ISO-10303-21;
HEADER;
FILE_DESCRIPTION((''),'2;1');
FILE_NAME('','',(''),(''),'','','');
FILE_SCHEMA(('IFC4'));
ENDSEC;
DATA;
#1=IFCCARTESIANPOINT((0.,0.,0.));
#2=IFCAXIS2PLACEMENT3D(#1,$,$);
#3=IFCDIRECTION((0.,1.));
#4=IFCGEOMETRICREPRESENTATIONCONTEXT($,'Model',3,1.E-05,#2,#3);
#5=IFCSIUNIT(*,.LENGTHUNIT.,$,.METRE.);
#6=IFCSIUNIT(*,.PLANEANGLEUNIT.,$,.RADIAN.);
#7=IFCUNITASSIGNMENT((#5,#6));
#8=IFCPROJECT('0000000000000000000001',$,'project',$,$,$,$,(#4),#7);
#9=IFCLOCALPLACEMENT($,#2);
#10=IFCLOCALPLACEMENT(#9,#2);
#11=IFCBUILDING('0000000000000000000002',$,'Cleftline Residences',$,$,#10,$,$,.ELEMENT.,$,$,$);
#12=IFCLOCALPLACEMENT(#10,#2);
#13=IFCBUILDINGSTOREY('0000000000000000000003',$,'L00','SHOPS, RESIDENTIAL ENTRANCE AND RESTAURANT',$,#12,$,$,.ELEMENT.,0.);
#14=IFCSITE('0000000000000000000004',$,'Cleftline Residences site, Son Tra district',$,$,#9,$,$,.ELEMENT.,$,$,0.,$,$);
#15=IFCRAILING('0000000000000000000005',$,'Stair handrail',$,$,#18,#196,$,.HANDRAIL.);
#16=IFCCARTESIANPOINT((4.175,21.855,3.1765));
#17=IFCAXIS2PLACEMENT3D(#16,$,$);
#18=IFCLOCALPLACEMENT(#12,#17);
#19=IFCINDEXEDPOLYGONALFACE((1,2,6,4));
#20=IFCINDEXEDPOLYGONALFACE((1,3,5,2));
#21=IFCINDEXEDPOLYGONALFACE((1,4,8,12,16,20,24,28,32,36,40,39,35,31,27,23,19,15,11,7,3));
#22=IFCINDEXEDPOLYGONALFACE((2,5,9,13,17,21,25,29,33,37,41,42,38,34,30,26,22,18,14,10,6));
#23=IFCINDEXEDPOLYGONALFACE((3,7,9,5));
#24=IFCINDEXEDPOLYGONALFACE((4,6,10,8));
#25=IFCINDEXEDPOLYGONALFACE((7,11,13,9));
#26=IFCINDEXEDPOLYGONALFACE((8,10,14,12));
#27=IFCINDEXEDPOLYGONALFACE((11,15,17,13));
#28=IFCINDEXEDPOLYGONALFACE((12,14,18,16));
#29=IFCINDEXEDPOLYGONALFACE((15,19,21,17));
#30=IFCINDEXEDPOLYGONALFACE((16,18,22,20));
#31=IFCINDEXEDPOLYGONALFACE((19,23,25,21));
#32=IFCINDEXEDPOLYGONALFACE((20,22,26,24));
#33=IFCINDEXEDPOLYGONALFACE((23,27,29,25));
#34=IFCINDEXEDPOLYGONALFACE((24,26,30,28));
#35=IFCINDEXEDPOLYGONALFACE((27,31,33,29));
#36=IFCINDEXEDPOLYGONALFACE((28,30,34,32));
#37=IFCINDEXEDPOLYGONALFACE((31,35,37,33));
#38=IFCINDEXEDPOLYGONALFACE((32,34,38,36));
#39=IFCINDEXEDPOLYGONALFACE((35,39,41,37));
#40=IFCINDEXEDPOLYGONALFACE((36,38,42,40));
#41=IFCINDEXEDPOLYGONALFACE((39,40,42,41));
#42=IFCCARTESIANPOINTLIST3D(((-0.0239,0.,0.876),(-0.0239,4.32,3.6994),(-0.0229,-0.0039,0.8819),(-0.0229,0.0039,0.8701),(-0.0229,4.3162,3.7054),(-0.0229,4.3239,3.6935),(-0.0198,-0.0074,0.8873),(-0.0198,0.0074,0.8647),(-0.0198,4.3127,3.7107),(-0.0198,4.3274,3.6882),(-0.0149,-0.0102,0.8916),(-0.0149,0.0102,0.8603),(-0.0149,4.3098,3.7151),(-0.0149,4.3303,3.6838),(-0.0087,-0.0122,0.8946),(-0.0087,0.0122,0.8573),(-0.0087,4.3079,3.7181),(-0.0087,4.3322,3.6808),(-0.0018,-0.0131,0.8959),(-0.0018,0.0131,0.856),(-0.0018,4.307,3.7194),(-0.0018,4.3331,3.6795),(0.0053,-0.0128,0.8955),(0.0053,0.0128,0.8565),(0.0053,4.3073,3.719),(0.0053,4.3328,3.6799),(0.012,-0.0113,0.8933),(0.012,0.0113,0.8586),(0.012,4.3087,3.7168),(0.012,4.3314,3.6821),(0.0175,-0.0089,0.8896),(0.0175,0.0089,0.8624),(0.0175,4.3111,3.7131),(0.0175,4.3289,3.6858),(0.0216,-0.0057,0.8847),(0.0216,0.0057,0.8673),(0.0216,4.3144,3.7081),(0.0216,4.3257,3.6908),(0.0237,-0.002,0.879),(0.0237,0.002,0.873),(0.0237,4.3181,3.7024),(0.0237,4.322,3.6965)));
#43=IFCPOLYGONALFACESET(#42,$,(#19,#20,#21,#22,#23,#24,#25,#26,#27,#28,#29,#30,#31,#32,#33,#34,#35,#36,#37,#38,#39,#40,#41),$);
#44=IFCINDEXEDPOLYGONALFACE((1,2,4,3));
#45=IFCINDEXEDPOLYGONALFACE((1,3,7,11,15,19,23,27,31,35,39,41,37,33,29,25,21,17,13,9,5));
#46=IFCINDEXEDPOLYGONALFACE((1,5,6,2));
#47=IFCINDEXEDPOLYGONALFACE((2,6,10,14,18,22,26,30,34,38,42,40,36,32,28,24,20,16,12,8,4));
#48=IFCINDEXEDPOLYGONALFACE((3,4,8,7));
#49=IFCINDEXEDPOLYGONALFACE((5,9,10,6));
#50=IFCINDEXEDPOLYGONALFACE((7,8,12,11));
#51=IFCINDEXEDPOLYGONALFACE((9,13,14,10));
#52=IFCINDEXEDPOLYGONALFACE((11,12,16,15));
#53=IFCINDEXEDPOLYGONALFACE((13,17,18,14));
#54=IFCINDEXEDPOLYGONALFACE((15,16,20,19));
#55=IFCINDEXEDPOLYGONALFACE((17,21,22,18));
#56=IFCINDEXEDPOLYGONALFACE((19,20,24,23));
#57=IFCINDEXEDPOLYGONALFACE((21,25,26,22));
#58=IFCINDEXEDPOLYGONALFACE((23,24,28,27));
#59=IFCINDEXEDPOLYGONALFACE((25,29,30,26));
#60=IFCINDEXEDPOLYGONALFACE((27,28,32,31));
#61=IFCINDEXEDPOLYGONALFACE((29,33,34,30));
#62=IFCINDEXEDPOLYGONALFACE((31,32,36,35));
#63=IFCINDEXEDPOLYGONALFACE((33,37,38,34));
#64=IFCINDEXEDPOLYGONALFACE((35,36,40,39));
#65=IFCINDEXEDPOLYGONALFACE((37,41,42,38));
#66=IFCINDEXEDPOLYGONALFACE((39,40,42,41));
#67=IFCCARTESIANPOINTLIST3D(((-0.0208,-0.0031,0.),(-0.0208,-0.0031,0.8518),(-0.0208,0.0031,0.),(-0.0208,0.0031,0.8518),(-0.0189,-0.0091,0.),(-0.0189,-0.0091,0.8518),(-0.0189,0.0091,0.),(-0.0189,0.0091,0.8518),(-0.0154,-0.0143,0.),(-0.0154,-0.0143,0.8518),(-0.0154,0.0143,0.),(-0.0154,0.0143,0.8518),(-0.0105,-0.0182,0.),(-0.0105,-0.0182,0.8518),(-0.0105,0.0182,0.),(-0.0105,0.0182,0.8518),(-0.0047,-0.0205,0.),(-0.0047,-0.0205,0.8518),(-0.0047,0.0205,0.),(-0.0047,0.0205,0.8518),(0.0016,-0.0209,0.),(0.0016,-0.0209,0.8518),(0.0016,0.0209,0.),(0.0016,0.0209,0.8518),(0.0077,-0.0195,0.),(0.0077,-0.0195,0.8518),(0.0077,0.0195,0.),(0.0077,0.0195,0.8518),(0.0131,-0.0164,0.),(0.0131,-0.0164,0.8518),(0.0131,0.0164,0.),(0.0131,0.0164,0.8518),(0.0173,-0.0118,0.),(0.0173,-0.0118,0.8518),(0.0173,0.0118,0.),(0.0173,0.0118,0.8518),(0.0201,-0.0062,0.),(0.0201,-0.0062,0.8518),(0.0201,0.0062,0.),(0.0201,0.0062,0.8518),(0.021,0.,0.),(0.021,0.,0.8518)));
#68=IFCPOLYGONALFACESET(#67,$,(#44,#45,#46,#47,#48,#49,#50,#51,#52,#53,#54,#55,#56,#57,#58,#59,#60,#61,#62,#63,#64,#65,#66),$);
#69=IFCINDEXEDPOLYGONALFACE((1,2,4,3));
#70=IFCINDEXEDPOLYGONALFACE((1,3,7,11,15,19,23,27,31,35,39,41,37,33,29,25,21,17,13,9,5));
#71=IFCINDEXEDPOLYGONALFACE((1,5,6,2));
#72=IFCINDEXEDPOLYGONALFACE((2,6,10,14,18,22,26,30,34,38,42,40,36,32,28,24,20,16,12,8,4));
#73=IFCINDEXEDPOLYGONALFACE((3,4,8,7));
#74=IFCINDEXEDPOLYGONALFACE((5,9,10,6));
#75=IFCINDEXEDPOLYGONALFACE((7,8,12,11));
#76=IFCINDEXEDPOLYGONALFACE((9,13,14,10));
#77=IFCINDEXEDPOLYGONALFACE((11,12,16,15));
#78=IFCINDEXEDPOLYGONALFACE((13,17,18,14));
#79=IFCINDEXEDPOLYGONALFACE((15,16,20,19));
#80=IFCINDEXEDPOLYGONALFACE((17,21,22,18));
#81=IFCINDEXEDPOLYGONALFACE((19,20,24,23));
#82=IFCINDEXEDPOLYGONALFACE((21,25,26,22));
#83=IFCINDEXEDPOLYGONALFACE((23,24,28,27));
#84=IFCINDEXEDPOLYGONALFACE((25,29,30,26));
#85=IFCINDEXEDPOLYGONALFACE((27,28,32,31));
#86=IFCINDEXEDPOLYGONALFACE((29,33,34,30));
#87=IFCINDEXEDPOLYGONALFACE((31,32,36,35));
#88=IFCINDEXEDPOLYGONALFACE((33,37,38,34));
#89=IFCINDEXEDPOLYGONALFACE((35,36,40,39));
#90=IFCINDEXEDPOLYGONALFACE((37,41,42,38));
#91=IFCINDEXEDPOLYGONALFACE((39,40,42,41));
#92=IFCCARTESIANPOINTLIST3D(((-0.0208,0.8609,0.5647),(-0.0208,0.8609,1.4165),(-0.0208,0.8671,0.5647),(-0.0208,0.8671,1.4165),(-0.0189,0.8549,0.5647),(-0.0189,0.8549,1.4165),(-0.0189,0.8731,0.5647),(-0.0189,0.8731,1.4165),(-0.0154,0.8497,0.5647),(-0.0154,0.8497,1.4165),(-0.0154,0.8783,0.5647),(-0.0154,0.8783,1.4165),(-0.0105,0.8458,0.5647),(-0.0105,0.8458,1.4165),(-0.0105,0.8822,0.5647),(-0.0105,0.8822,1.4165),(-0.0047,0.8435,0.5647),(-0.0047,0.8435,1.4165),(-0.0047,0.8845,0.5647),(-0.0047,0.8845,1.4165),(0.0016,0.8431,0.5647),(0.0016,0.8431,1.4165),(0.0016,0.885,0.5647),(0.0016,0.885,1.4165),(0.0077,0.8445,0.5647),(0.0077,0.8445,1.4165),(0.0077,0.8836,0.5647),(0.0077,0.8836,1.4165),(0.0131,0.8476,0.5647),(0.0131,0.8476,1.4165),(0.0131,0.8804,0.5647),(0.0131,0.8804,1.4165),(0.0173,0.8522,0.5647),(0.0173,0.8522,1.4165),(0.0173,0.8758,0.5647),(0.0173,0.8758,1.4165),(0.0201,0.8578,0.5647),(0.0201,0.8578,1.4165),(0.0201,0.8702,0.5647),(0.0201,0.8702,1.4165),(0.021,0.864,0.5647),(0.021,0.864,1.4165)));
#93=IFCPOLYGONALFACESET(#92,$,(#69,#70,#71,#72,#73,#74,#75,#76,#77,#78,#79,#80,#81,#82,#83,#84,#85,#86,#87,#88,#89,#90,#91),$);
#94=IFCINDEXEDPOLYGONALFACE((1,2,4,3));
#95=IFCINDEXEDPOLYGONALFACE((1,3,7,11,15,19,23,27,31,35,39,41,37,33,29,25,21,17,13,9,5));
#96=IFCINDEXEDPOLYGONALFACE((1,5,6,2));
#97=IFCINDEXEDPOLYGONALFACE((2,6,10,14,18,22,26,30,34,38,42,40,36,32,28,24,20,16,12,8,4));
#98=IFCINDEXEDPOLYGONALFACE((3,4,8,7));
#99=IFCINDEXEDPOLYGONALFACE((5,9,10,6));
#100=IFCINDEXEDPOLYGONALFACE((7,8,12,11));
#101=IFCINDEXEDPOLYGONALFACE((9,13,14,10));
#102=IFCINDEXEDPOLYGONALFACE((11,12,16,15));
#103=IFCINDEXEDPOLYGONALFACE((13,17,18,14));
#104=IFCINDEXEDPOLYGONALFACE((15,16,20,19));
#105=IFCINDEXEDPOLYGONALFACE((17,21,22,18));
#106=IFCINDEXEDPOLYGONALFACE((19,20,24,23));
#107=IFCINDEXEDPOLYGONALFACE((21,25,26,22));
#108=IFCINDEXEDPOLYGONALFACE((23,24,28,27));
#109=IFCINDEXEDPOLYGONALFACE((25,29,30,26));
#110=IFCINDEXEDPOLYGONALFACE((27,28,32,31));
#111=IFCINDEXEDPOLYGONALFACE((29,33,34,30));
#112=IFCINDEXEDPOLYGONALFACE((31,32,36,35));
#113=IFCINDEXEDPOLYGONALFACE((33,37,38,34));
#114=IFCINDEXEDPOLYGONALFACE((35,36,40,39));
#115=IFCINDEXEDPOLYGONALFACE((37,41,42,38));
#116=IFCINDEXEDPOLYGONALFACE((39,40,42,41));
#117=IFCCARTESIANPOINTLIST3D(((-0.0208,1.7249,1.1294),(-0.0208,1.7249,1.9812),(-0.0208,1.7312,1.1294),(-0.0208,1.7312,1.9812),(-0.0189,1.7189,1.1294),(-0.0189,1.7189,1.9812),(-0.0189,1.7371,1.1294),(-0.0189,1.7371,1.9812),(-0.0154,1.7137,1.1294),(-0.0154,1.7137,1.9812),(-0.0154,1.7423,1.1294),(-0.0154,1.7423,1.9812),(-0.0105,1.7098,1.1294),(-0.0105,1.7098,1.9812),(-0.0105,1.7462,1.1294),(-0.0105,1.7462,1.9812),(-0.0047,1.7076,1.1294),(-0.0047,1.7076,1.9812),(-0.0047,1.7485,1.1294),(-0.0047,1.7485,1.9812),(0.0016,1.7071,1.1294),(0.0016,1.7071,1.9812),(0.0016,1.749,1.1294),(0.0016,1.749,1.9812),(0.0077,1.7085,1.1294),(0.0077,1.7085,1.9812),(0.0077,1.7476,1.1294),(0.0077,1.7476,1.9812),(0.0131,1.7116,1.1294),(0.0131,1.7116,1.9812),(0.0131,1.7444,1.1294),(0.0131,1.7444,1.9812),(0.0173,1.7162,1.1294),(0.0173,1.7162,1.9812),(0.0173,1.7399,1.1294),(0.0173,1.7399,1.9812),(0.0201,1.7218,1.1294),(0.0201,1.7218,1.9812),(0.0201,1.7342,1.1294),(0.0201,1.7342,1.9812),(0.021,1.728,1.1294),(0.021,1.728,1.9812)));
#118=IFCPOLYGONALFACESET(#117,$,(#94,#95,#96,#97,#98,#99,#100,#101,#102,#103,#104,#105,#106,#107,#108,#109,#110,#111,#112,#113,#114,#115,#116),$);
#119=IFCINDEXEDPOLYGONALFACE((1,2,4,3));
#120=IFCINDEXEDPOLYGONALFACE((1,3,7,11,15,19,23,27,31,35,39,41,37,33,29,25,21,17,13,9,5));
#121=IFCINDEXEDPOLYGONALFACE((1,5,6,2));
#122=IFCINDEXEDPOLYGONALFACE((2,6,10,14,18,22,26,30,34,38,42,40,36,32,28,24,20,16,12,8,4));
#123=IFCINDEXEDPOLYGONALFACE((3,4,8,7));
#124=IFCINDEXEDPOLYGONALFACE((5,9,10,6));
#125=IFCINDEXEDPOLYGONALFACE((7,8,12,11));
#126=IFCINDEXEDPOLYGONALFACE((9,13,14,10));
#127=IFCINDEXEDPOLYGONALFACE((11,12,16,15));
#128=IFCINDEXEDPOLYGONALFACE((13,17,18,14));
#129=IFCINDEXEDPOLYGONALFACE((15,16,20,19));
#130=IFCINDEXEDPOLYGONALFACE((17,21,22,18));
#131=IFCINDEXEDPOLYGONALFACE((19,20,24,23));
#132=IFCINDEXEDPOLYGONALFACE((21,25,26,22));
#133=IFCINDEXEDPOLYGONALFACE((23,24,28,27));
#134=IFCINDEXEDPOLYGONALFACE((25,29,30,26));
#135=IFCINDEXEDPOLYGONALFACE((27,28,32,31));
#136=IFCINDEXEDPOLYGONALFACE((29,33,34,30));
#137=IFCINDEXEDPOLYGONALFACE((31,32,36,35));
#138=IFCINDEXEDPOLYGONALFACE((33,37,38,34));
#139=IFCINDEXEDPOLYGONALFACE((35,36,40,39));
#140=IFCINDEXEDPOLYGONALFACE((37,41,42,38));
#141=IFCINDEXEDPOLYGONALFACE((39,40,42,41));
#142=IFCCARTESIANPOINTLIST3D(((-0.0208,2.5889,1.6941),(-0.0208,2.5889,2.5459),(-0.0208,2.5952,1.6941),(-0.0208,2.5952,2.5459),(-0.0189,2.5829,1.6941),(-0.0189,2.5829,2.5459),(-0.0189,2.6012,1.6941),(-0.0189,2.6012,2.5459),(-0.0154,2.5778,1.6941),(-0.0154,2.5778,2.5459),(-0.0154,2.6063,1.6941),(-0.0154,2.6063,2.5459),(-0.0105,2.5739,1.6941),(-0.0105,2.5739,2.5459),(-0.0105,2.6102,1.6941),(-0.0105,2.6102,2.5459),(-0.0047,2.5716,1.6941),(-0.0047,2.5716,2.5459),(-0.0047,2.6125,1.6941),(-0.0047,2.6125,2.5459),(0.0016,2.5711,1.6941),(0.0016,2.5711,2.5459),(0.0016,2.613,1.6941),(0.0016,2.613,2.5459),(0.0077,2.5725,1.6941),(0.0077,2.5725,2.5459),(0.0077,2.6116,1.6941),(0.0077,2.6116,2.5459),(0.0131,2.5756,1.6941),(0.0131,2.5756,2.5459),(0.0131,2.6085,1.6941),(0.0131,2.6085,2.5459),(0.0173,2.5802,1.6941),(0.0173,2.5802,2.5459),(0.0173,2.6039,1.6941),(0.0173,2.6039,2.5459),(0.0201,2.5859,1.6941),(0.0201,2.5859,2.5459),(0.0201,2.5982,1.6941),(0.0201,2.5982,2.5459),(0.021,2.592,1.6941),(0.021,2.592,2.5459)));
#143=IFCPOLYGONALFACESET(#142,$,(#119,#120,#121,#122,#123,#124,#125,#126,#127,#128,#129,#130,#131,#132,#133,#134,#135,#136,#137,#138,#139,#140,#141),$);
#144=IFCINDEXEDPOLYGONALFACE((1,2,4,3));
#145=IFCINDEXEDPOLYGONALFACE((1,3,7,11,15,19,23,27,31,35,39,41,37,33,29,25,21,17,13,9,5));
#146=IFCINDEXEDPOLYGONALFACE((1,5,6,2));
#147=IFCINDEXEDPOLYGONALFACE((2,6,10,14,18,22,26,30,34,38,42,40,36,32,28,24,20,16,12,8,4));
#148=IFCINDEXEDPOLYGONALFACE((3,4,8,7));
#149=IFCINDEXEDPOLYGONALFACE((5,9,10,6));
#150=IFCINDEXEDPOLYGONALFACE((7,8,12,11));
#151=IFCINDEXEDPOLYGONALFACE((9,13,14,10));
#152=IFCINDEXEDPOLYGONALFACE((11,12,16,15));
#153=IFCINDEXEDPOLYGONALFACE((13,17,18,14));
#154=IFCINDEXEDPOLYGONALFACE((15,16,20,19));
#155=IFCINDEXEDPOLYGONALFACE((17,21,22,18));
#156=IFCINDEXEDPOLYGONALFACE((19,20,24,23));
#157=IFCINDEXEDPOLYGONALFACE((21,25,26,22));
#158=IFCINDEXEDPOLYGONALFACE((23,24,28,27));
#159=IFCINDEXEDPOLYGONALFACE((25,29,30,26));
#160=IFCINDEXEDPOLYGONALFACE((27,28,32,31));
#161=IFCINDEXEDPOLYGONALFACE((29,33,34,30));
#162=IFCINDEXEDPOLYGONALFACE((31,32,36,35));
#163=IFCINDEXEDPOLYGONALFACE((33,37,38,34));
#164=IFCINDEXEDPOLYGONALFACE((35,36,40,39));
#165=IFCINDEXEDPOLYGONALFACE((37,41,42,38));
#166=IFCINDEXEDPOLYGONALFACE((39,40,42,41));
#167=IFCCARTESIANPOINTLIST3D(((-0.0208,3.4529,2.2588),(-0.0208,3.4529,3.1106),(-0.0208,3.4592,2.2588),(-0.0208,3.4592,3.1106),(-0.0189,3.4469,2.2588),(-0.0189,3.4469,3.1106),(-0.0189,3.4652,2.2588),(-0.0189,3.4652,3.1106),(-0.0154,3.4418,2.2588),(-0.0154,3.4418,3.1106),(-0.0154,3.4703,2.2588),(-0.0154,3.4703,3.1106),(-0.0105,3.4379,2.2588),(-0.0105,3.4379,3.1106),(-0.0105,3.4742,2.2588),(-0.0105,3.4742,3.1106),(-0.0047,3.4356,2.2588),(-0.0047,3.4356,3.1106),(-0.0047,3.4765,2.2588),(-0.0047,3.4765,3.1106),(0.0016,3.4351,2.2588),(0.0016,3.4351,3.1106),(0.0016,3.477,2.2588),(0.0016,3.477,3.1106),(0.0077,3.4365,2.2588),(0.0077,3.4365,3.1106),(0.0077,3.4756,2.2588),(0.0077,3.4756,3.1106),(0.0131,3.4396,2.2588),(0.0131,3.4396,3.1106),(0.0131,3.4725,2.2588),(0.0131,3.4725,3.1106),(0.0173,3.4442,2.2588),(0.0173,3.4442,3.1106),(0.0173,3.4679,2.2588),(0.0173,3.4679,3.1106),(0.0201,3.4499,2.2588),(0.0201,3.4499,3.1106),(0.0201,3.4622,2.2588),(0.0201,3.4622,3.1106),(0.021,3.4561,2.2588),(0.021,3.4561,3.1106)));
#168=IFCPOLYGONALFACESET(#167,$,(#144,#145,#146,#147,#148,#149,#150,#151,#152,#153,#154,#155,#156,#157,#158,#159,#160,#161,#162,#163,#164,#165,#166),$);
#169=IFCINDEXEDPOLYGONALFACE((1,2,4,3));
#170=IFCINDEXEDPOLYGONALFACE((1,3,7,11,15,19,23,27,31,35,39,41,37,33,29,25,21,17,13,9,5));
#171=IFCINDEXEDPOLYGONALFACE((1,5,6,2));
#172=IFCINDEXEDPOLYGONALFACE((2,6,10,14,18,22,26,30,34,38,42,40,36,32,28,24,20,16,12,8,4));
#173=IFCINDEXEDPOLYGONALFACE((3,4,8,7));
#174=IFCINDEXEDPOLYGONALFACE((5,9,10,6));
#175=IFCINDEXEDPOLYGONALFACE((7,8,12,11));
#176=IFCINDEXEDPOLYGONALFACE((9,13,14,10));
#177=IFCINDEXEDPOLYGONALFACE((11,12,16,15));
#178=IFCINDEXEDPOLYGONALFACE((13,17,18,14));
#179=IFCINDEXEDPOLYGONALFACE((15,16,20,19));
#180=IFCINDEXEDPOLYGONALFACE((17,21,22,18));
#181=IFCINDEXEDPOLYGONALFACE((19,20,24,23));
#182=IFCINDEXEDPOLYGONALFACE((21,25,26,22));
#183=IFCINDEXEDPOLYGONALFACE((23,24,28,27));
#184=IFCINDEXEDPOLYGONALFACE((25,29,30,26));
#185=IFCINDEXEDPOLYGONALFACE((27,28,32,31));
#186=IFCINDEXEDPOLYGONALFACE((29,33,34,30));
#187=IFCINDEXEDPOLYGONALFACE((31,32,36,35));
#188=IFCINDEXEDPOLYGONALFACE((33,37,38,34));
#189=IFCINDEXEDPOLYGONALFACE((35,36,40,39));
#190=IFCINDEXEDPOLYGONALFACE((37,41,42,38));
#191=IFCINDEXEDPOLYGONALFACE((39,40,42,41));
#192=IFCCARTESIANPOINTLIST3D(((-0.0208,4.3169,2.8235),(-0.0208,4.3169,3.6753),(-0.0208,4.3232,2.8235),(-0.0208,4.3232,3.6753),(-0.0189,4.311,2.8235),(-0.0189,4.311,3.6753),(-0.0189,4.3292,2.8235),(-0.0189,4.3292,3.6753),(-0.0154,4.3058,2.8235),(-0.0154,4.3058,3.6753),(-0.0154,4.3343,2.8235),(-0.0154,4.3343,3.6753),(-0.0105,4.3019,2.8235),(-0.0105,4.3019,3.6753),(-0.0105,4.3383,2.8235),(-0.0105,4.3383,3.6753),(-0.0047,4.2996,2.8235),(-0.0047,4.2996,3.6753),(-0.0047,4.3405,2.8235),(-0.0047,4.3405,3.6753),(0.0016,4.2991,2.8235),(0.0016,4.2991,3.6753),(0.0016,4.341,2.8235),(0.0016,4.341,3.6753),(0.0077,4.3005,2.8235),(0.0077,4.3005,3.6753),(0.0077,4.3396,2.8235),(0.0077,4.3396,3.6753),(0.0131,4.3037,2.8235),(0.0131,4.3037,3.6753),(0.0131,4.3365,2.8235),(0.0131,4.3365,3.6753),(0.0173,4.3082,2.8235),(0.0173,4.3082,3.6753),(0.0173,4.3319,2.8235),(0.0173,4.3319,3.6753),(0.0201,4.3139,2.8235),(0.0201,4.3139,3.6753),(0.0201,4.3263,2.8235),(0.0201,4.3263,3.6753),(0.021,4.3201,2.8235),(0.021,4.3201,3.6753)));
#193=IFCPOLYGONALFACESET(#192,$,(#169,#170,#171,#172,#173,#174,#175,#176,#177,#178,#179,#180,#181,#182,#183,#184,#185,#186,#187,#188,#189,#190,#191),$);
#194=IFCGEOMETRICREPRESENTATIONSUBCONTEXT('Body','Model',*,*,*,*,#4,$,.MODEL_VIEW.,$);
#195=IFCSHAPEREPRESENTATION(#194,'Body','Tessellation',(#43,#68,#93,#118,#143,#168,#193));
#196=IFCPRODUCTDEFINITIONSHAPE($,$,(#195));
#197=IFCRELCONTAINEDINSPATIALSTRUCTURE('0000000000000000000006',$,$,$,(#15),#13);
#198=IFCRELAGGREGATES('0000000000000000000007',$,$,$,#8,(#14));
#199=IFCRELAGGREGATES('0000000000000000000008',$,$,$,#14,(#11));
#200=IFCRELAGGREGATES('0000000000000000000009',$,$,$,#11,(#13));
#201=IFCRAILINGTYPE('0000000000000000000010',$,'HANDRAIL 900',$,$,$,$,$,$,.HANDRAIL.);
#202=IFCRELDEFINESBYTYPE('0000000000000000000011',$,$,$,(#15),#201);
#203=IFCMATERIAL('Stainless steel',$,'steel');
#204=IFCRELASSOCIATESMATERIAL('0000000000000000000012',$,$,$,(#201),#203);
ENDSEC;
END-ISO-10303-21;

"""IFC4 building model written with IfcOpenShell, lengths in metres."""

from ifc_helpers import new_model, si_unit, direction, frame, origin, origin_2d, place, context, subcontext, project, spatial, circle, extrude, material, type_object, element, save


model = new_model("IFC4")

# Units and contexts
model_context = context("Model", 3, precision=1e-05, world=origin(), true_north=direction((0.0, 1.0)))
body_context = subcontext(model_context, "Body", "Model", "MODEL_VIEW")
ifc_project = project(units=[si_unit("LENGTHUNIT", "METRE"), si_unit("PLANEANGLEUNIT", "RADIAN")], contexts=[model_context])

# Site, building, storey
site_placement = place(None, origin())
site = spatial("IfcSite", under=ifc_project, at=site_placement, Name="Cleftline Residences site, Son Tra district", CompositionType="ELEMENT", RefElevation=0.0)
building_placement = place(site_placement, origin())
building = spatial("IfcBuilding", under=site, at=building_placement, Name="Cleftline Residences", CompositionType="ELEMENT")
storey_placement = place(building_placement, origin())
storey = spatial("IfcBuildingStorey", under=building, at=storey_placement, Name="L00", Description="SHOPS, RESIDENTIAL ENTRANCE AND RESTAURANT", CompositionType="ELEMENT", Elevation=0.0)

# Railing
ifc_material_1 = material(Name="Stainless steel", Category="steel")
railing_type = type_object("IfcRailingType", Name="HANDRAIL 900", PredefinedType="HANDRAIL", material=ifc_material_1)
railing_1_placement = place(storey_placement, frame((4.175, 21.855, 3.1765)))
element("IfcRailing", 1, at=railing_1_placement, inside=storey, type_object=railing_type, Name="Stair handrail", PredefinedType="HANDRAIL", context=body_context, shape_type="SweptSolid", body=[
    extrude(circle(Radius=0.0239, at=origin_2d()), frame((0.0, 0.0, 0.876), z_axis=(0.0, 0.837074, 0.54709), x_axis=(-1.0, 0.0, 0.0)), (0.0, 0.0, 1.0), 5.1609),
    extrude(circle(Radius=0.021, at=origin_2d()), origin(), (0.0, 0.0, 1.0), 0.8518),
    extrude(circle(Radius=0.021, at=origin_2d()), frame((0.0, 0.864, 0.5647)), (0.0, 0.0, 1.0), 0.8518),
    extrude(circle(Radius=0.021, at=origin_2d()), frame((0.0, 1.728, 1.1294)), (0.0, 0.0, 1.0), 0.8518),
    extrude(circle(Radius=0.021, at=origin_2d()), frame((0.0, 2.592, 1.6941)), (0.0, 0.0, 1.0), 0.8518),
    extrude(circle(Radius=0.021, at=origin_2d()), frame((0.0, 3.4561, 2.2588)), (0.0, 0.0, 1.0), 0.8518),
    extrude(circle(Radius=0.021, at=origin_2d()), frame((0.0, 4.3201, 2.8235)), (0.0, 0.0, 1.0), 0.8518),
])

save(model, "model.ifc")
